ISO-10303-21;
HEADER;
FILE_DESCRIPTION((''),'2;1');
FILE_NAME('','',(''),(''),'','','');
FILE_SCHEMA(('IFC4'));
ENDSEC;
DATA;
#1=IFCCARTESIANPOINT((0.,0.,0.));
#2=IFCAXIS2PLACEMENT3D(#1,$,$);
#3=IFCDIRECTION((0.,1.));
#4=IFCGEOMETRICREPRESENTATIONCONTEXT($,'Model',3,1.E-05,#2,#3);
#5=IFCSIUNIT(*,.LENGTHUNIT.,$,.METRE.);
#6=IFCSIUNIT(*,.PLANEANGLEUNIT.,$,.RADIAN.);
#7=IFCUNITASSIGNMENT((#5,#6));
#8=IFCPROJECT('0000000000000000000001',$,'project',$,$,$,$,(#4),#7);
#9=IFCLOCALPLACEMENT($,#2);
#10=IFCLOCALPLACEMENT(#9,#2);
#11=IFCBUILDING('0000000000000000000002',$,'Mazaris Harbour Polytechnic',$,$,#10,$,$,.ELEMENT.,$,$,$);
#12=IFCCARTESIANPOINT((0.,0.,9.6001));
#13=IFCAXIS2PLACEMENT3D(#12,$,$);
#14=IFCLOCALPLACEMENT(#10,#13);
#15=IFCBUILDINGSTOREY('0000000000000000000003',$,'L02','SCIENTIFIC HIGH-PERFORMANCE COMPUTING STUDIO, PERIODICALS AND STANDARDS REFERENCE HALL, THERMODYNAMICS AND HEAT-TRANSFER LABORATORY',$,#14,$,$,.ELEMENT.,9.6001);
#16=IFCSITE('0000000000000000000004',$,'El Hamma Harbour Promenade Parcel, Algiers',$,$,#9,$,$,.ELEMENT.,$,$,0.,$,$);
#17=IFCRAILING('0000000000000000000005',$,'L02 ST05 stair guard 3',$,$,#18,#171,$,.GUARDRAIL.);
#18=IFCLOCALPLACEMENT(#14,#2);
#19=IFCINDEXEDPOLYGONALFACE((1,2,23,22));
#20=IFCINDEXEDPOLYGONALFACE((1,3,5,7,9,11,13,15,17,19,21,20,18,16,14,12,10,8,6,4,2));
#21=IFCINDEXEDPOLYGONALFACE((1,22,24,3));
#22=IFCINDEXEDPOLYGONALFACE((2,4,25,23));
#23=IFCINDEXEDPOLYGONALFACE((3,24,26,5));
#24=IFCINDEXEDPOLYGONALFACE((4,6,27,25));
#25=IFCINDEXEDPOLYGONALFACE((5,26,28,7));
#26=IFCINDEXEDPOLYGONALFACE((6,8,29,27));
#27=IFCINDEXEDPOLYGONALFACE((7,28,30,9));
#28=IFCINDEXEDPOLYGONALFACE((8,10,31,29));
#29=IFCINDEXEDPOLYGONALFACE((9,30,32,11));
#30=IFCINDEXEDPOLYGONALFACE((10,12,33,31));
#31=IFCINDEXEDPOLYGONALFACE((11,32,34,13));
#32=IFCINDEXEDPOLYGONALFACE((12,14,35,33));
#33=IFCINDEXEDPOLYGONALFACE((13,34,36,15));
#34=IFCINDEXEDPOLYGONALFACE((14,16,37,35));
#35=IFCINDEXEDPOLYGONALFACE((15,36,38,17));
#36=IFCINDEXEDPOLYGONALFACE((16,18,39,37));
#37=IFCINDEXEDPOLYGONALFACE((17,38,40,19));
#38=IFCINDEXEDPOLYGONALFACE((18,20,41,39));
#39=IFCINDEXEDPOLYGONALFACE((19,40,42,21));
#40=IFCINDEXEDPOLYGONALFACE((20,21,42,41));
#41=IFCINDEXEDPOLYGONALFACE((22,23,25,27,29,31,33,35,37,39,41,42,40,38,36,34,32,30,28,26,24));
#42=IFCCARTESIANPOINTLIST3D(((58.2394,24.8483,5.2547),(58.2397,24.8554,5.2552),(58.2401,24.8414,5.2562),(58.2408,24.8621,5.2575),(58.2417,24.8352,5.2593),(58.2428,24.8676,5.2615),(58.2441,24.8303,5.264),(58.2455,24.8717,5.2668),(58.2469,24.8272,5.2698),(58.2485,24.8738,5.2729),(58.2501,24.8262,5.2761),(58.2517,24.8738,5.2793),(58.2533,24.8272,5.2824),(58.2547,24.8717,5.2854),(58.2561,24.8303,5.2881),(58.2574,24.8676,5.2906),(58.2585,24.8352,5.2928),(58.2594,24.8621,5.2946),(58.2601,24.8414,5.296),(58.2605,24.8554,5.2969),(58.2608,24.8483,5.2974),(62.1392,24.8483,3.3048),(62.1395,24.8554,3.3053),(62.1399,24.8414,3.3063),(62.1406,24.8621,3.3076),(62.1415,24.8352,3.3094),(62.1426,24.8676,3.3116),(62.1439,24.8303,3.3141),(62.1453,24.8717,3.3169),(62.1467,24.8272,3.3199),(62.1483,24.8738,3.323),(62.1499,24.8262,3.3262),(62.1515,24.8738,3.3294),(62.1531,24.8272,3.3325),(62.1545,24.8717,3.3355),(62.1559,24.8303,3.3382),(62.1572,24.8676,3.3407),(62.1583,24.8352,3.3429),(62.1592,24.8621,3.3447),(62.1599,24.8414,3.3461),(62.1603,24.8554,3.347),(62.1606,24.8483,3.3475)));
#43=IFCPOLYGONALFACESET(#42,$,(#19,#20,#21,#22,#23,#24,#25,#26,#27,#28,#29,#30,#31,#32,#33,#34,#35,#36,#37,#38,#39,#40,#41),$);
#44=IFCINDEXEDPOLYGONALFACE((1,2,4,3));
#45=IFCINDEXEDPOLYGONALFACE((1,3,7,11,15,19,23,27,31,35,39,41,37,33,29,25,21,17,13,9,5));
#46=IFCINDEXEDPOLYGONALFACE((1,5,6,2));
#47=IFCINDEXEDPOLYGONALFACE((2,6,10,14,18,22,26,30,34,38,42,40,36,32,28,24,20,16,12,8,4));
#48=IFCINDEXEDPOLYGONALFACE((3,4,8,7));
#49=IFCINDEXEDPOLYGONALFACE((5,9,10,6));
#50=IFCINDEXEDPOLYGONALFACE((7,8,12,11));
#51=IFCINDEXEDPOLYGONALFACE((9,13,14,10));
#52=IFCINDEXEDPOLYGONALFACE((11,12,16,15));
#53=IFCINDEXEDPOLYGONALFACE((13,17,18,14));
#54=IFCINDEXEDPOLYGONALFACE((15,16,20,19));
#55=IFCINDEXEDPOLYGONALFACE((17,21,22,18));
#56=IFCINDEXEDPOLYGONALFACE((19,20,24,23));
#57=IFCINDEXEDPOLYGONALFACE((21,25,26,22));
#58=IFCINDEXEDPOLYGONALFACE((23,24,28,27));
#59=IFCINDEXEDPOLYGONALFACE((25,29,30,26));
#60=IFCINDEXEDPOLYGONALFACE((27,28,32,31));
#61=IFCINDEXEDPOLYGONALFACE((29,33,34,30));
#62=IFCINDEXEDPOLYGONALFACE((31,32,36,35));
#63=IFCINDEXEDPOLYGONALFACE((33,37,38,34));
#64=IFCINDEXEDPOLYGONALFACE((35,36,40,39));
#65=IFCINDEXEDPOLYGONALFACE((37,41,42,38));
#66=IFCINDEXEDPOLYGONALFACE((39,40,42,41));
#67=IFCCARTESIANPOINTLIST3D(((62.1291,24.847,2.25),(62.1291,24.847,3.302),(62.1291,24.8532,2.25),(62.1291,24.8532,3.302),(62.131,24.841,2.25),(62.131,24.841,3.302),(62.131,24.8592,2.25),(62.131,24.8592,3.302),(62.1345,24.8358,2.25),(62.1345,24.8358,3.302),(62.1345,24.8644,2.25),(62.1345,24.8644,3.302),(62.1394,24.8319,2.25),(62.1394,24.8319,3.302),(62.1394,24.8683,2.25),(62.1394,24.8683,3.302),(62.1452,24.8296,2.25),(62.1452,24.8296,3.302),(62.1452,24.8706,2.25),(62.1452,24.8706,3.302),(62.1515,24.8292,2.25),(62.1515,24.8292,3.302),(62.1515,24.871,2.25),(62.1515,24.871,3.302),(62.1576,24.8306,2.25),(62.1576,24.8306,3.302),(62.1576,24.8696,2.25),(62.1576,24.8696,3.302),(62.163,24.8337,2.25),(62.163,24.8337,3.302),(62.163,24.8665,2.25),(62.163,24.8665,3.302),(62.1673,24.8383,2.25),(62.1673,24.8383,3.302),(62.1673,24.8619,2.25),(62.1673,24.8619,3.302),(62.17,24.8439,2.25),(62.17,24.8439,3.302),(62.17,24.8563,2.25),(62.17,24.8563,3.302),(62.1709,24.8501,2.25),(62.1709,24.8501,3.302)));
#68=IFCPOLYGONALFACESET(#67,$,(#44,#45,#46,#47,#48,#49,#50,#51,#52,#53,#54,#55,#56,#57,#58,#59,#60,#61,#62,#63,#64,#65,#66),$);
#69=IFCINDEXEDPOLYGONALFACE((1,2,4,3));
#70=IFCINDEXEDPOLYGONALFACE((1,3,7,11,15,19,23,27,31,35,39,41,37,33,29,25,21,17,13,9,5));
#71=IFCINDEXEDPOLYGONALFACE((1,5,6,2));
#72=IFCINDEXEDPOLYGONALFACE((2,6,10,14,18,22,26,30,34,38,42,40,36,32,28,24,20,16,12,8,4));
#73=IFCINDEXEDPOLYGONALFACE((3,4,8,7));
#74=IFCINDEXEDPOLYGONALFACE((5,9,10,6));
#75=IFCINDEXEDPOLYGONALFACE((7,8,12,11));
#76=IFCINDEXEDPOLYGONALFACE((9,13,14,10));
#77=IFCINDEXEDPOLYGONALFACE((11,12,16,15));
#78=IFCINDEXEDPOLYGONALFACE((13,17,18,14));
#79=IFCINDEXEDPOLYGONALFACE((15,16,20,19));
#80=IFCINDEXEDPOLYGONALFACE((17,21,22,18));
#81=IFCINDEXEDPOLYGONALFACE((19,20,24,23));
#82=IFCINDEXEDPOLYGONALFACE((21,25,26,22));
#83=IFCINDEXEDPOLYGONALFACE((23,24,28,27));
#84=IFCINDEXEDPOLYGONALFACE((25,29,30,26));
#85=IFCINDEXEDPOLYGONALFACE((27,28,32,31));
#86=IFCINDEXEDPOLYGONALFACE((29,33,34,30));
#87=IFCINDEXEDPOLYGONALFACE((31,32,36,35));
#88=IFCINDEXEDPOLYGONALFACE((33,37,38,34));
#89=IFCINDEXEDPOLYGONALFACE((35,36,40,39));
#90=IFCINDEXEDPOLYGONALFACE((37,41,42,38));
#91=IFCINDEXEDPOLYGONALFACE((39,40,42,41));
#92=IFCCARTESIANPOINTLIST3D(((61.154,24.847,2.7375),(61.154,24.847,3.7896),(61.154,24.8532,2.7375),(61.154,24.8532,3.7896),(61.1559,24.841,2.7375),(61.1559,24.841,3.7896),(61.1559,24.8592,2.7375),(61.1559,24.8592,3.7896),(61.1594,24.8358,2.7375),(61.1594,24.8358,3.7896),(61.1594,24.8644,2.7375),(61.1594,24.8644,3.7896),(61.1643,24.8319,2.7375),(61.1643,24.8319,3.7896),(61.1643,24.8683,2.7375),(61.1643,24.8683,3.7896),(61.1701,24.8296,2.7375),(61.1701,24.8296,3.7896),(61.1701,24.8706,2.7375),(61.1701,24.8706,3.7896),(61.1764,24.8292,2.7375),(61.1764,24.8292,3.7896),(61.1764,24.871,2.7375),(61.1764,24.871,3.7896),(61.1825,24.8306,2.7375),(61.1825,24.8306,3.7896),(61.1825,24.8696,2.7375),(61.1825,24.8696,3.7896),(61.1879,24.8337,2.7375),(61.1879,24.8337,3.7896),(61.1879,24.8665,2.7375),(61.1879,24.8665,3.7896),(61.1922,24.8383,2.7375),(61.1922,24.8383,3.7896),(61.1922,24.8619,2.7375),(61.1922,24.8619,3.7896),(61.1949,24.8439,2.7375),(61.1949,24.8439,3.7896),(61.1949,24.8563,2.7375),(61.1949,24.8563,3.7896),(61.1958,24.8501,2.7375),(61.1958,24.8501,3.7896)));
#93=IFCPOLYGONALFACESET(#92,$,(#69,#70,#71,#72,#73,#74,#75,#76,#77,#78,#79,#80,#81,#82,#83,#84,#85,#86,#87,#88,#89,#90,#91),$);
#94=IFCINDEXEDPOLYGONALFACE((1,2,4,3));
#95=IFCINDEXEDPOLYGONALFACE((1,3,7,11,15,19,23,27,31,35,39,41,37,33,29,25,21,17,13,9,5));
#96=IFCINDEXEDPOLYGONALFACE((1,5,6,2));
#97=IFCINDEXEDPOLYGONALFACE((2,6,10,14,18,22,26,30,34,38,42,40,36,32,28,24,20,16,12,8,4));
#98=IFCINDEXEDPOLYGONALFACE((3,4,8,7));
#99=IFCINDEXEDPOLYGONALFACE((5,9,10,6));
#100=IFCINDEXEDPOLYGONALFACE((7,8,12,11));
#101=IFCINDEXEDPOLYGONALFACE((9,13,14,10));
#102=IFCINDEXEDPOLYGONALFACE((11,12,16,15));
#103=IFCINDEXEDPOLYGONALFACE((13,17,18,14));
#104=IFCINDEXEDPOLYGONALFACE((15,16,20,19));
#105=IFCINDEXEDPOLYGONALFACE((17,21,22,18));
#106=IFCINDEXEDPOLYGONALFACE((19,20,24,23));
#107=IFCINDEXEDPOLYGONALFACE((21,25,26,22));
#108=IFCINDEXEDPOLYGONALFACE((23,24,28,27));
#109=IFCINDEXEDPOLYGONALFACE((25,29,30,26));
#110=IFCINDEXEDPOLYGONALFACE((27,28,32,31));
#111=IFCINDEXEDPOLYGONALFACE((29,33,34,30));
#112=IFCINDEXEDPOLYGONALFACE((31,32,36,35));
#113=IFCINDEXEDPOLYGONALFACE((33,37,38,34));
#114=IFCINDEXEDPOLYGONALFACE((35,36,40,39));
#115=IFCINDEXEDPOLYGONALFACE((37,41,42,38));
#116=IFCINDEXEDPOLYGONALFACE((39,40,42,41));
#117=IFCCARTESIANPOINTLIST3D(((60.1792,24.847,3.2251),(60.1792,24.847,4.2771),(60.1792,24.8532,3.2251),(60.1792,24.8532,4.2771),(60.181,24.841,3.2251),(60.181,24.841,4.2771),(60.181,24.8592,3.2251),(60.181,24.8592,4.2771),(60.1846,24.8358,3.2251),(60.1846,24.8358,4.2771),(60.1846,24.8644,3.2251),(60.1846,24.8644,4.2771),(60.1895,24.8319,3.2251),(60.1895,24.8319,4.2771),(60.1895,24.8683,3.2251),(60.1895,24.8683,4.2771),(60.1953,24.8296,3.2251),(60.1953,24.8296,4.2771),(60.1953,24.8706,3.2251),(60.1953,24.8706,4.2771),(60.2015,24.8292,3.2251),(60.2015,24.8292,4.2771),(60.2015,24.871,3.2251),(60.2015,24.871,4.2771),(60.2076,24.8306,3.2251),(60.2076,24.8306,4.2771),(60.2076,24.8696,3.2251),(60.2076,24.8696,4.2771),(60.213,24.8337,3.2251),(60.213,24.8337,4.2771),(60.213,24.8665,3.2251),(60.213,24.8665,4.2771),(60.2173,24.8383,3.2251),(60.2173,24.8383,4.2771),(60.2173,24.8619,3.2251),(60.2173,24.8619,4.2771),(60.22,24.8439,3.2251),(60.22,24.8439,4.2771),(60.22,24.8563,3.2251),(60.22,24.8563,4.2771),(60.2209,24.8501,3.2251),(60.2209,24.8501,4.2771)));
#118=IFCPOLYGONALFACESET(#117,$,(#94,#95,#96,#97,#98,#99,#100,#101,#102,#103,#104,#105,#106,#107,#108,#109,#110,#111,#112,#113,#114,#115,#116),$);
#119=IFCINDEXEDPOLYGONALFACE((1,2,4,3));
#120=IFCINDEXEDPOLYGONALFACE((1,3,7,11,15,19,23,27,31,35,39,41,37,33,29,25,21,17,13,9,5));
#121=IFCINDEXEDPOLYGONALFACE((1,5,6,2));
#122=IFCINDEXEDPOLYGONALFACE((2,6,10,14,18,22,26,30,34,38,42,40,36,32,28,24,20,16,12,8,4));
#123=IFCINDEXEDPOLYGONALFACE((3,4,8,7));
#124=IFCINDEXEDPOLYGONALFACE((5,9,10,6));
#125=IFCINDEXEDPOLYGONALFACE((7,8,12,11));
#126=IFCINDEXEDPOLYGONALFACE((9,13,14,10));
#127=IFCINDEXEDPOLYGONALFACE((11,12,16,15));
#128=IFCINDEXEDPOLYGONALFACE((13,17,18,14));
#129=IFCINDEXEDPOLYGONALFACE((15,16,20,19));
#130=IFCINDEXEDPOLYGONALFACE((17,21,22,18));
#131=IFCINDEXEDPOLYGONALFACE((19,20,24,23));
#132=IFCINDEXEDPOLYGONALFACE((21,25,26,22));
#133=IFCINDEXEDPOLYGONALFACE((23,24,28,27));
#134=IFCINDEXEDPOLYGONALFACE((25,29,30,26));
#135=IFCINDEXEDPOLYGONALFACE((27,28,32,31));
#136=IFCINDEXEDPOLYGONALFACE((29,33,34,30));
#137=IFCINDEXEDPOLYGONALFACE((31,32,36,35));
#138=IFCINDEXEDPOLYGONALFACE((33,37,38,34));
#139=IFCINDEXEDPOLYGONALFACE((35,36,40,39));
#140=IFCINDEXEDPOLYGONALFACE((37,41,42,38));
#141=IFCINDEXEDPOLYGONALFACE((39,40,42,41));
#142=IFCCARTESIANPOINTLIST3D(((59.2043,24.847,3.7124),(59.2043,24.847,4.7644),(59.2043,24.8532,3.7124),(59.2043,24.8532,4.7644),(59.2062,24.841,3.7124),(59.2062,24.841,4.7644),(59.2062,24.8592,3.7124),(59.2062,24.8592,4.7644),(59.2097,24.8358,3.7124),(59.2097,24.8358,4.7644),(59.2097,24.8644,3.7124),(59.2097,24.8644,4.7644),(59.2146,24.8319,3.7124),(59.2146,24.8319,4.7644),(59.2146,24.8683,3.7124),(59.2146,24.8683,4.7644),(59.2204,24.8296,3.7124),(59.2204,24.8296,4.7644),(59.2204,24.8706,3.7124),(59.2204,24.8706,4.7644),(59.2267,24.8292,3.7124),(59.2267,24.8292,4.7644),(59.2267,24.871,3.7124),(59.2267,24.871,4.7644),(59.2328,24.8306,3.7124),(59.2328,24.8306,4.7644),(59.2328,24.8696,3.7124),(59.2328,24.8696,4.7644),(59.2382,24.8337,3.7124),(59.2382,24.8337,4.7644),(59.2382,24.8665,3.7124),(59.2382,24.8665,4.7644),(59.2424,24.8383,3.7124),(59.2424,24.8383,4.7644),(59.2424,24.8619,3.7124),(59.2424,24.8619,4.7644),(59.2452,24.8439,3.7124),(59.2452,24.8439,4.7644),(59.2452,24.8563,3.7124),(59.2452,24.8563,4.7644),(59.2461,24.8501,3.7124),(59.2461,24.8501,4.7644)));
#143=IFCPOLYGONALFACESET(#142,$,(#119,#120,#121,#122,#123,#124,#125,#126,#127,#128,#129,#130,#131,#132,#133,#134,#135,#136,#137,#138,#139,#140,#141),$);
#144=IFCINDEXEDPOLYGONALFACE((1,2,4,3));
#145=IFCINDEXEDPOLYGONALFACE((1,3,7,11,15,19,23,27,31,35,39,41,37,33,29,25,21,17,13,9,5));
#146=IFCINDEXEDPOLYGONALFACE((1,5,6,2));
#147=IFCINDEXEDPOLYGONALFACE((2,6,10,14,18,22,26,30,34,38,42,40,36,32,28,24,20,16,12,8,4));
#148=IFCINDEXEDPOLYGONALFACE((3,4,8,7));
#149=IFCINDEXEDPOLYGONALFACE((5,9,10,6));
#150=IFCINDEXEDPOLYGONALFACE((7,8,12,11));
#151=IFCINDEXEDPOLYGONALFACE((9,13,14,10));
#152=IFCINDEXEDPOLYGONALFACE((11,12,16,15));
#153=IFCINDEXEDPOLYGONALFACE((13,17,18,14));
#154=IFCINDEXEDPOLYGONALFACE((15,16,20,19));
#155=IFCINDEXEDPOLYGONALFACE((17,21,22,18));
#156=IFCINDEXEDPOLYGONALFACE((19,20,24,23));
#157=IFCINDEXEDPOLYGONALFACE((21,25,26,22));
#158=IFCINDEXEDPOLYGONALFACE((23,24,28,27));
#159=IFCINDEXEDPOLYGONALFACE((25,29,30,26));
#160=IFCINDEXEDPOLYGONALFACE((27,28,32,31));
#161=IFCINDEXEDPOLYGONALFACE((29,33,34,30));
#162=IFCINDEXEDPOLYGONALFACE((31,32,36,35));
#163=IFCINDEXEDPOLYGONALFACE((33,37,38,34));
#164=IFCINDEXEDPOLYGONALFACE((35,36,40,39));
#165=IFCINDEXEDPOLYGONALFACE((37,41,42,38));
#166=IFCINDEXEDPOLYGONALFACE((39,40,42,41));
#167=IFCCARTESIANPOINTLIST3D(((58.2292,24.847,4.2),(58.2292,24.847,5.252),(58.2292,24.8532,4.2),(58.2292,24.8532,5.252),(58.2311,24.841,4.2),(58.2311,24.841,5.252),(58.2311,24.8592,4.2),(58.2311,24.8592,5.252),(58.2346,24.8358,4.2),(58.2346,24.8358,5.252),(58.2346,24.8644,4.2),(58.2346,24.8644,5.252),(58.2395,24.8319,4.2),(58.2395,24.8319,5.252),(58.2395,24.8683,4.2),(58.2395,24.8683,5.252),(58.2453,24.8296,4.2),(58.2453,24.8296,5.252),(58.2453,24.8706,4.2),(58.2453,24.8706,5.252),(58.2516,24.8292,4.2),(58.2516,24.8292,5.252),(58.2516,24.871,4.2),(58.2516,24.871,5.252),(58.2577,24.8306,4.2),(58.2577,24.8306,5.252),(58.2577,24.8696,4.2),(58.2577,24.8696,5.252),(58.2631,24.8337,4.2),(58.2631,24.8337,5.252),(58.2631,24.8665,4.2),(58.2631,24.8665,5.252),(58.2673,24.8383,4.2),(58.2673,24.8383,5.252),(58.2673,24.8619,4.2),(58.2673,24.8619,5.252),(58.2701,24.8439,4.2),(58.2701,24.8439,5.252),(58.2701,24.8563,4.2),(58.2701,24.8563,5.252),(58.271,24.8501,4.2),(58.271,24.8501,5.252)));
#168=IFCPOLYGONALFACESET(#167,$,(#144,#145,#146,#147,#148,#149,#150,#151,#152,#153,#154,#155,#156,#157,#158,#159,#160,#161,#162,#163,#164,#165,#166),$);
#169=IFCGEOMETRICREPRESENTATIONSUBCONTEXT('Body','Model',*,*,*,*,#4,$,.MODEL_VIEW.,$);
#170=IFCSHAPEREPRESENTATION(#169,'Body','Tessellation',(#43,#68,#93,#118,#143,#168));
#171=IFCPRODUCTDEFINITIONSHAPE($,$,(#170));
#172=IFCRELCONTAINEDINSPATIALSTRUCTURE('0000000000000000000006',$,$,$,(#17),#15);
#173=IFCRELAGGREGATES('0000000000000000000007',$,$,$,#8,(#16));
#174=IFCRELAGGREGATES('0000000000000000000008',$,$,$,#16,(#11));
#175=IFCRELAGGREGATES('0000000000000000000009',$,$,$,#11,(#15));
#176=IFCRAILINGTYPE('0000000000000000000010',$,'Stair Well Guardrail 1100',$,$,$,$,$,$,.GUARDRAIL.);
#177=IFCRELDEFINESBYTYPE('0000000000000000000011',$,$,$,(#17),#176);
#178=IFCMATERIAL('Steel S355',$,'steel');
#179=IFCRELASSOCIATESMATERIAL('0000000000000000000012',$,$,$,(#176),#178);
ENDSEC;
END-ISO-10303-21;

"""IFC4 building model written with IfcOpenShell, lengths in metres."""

from ifc_helpers import new_model, si_unit, direction, frame, origin, origin_2d, place, context, subcontext, project, spatial, circle, extrude, material, type_object, element, save


model = new_model("IFC4")

# Units and contexts
model_context = context("Model", 3, precision=1e-05, world=origin(), true_north=direction((0.0, 1.0)))
body_context = subcontext(model_context, "Body", "Model", "MODEL_VIEW")
ifc_project = project(units=[si_unit("LENGTHUNIT", "METRE"), si_unit("PLANEANGLEUNIT", "RADIAN")], contexts=[model_context])

# Site, building, storey
site_placement = place(None, origin())
site = spatial("IfcSite", under=ifc_project, at=site_placement, Name="El Hamma Harbour Promenade Parcel, Algiers", CompositionType="ELEMENT", RefElevation=0.0)
building_placement = place(site_placement, origin())
building = spatial("IfcBuilding", under=site, at=building_placement, Name="Mazaris Harbour Polytechnic", CompositionType="ELEMENT")
storey_placement = place(building_placement, frame((0.0, 0.0, 9.6001)))
storey = spatial("IfcBuildingStorey", under=building, at=storey_placement, Name="L02", Description="SCIENTIFIC HIGH-PERFORMANCE COMPUTING STUDIO, PERIODICALS AND STANDARDS REFERENCE HALL, THERMODYNAMICS AND HEAT-TRANSFER LABORATORY", CompositionType="ELEMENT", Elevation=9.6001)

# Railing
ifc_material_1 = material(Name="Steel S355", Category="steel")
railing_type_1 = type_object("IfcRailingType", Name="Stair Well Guardrail 1100", PredefinedType="GUARDRAIL", material=ifc_material_1)
railing_1_placement = place(storey_placement, frame((62.1499, 24.8501, 2.25)))
element("IfcRailing", 1, at=railing_1_placement, inside=storey, type_object=railing_type_1, Name="L02 ST05 stair guard 3", PredefinedType="GUARDRAIL", context=body_context, shape_type="SweptSolid", body=[
    extrude(circle(Radius=0.0239, at=origin_2d()), frame((0.0, 0.0, 1.0762), z_axis=(-0.894427, 0.0, 0.447214), x_axis=(0.0, -1.0, 0.0)), (0.0, 0.0, 1.0), 4.3601),
    extrude(circle(Radius=0.021, at=origin_2d()), origin(), (0.0, 0.0, 1.0), 1.052),
    extrude(circle(Radius=0.021, at=origin_2d()), frame((-0.9751, 0.0, 0.4875)), (0.0, 0.0, 1.0), 1.052),
    extrude(circle(Radius=0.021, at=origin_2d()), frame((-1.95, 0.0, 0.9751)), (0.0, 0.0, 1.0), 1.052),
    extrude(circle(Radius=0.021, at=origin_2d()), frame((-2.9248, 0.0, 1.4624)), (0.0, 0.0, 1.0), 1.052),
    extrude(circle(Radius=0.021, at=origin_2d()), frame((-3.8999, 0.0, 1.95)), (0.0, 0.0, 1.0), 1.052),
])

save(model, "model.ifc")
